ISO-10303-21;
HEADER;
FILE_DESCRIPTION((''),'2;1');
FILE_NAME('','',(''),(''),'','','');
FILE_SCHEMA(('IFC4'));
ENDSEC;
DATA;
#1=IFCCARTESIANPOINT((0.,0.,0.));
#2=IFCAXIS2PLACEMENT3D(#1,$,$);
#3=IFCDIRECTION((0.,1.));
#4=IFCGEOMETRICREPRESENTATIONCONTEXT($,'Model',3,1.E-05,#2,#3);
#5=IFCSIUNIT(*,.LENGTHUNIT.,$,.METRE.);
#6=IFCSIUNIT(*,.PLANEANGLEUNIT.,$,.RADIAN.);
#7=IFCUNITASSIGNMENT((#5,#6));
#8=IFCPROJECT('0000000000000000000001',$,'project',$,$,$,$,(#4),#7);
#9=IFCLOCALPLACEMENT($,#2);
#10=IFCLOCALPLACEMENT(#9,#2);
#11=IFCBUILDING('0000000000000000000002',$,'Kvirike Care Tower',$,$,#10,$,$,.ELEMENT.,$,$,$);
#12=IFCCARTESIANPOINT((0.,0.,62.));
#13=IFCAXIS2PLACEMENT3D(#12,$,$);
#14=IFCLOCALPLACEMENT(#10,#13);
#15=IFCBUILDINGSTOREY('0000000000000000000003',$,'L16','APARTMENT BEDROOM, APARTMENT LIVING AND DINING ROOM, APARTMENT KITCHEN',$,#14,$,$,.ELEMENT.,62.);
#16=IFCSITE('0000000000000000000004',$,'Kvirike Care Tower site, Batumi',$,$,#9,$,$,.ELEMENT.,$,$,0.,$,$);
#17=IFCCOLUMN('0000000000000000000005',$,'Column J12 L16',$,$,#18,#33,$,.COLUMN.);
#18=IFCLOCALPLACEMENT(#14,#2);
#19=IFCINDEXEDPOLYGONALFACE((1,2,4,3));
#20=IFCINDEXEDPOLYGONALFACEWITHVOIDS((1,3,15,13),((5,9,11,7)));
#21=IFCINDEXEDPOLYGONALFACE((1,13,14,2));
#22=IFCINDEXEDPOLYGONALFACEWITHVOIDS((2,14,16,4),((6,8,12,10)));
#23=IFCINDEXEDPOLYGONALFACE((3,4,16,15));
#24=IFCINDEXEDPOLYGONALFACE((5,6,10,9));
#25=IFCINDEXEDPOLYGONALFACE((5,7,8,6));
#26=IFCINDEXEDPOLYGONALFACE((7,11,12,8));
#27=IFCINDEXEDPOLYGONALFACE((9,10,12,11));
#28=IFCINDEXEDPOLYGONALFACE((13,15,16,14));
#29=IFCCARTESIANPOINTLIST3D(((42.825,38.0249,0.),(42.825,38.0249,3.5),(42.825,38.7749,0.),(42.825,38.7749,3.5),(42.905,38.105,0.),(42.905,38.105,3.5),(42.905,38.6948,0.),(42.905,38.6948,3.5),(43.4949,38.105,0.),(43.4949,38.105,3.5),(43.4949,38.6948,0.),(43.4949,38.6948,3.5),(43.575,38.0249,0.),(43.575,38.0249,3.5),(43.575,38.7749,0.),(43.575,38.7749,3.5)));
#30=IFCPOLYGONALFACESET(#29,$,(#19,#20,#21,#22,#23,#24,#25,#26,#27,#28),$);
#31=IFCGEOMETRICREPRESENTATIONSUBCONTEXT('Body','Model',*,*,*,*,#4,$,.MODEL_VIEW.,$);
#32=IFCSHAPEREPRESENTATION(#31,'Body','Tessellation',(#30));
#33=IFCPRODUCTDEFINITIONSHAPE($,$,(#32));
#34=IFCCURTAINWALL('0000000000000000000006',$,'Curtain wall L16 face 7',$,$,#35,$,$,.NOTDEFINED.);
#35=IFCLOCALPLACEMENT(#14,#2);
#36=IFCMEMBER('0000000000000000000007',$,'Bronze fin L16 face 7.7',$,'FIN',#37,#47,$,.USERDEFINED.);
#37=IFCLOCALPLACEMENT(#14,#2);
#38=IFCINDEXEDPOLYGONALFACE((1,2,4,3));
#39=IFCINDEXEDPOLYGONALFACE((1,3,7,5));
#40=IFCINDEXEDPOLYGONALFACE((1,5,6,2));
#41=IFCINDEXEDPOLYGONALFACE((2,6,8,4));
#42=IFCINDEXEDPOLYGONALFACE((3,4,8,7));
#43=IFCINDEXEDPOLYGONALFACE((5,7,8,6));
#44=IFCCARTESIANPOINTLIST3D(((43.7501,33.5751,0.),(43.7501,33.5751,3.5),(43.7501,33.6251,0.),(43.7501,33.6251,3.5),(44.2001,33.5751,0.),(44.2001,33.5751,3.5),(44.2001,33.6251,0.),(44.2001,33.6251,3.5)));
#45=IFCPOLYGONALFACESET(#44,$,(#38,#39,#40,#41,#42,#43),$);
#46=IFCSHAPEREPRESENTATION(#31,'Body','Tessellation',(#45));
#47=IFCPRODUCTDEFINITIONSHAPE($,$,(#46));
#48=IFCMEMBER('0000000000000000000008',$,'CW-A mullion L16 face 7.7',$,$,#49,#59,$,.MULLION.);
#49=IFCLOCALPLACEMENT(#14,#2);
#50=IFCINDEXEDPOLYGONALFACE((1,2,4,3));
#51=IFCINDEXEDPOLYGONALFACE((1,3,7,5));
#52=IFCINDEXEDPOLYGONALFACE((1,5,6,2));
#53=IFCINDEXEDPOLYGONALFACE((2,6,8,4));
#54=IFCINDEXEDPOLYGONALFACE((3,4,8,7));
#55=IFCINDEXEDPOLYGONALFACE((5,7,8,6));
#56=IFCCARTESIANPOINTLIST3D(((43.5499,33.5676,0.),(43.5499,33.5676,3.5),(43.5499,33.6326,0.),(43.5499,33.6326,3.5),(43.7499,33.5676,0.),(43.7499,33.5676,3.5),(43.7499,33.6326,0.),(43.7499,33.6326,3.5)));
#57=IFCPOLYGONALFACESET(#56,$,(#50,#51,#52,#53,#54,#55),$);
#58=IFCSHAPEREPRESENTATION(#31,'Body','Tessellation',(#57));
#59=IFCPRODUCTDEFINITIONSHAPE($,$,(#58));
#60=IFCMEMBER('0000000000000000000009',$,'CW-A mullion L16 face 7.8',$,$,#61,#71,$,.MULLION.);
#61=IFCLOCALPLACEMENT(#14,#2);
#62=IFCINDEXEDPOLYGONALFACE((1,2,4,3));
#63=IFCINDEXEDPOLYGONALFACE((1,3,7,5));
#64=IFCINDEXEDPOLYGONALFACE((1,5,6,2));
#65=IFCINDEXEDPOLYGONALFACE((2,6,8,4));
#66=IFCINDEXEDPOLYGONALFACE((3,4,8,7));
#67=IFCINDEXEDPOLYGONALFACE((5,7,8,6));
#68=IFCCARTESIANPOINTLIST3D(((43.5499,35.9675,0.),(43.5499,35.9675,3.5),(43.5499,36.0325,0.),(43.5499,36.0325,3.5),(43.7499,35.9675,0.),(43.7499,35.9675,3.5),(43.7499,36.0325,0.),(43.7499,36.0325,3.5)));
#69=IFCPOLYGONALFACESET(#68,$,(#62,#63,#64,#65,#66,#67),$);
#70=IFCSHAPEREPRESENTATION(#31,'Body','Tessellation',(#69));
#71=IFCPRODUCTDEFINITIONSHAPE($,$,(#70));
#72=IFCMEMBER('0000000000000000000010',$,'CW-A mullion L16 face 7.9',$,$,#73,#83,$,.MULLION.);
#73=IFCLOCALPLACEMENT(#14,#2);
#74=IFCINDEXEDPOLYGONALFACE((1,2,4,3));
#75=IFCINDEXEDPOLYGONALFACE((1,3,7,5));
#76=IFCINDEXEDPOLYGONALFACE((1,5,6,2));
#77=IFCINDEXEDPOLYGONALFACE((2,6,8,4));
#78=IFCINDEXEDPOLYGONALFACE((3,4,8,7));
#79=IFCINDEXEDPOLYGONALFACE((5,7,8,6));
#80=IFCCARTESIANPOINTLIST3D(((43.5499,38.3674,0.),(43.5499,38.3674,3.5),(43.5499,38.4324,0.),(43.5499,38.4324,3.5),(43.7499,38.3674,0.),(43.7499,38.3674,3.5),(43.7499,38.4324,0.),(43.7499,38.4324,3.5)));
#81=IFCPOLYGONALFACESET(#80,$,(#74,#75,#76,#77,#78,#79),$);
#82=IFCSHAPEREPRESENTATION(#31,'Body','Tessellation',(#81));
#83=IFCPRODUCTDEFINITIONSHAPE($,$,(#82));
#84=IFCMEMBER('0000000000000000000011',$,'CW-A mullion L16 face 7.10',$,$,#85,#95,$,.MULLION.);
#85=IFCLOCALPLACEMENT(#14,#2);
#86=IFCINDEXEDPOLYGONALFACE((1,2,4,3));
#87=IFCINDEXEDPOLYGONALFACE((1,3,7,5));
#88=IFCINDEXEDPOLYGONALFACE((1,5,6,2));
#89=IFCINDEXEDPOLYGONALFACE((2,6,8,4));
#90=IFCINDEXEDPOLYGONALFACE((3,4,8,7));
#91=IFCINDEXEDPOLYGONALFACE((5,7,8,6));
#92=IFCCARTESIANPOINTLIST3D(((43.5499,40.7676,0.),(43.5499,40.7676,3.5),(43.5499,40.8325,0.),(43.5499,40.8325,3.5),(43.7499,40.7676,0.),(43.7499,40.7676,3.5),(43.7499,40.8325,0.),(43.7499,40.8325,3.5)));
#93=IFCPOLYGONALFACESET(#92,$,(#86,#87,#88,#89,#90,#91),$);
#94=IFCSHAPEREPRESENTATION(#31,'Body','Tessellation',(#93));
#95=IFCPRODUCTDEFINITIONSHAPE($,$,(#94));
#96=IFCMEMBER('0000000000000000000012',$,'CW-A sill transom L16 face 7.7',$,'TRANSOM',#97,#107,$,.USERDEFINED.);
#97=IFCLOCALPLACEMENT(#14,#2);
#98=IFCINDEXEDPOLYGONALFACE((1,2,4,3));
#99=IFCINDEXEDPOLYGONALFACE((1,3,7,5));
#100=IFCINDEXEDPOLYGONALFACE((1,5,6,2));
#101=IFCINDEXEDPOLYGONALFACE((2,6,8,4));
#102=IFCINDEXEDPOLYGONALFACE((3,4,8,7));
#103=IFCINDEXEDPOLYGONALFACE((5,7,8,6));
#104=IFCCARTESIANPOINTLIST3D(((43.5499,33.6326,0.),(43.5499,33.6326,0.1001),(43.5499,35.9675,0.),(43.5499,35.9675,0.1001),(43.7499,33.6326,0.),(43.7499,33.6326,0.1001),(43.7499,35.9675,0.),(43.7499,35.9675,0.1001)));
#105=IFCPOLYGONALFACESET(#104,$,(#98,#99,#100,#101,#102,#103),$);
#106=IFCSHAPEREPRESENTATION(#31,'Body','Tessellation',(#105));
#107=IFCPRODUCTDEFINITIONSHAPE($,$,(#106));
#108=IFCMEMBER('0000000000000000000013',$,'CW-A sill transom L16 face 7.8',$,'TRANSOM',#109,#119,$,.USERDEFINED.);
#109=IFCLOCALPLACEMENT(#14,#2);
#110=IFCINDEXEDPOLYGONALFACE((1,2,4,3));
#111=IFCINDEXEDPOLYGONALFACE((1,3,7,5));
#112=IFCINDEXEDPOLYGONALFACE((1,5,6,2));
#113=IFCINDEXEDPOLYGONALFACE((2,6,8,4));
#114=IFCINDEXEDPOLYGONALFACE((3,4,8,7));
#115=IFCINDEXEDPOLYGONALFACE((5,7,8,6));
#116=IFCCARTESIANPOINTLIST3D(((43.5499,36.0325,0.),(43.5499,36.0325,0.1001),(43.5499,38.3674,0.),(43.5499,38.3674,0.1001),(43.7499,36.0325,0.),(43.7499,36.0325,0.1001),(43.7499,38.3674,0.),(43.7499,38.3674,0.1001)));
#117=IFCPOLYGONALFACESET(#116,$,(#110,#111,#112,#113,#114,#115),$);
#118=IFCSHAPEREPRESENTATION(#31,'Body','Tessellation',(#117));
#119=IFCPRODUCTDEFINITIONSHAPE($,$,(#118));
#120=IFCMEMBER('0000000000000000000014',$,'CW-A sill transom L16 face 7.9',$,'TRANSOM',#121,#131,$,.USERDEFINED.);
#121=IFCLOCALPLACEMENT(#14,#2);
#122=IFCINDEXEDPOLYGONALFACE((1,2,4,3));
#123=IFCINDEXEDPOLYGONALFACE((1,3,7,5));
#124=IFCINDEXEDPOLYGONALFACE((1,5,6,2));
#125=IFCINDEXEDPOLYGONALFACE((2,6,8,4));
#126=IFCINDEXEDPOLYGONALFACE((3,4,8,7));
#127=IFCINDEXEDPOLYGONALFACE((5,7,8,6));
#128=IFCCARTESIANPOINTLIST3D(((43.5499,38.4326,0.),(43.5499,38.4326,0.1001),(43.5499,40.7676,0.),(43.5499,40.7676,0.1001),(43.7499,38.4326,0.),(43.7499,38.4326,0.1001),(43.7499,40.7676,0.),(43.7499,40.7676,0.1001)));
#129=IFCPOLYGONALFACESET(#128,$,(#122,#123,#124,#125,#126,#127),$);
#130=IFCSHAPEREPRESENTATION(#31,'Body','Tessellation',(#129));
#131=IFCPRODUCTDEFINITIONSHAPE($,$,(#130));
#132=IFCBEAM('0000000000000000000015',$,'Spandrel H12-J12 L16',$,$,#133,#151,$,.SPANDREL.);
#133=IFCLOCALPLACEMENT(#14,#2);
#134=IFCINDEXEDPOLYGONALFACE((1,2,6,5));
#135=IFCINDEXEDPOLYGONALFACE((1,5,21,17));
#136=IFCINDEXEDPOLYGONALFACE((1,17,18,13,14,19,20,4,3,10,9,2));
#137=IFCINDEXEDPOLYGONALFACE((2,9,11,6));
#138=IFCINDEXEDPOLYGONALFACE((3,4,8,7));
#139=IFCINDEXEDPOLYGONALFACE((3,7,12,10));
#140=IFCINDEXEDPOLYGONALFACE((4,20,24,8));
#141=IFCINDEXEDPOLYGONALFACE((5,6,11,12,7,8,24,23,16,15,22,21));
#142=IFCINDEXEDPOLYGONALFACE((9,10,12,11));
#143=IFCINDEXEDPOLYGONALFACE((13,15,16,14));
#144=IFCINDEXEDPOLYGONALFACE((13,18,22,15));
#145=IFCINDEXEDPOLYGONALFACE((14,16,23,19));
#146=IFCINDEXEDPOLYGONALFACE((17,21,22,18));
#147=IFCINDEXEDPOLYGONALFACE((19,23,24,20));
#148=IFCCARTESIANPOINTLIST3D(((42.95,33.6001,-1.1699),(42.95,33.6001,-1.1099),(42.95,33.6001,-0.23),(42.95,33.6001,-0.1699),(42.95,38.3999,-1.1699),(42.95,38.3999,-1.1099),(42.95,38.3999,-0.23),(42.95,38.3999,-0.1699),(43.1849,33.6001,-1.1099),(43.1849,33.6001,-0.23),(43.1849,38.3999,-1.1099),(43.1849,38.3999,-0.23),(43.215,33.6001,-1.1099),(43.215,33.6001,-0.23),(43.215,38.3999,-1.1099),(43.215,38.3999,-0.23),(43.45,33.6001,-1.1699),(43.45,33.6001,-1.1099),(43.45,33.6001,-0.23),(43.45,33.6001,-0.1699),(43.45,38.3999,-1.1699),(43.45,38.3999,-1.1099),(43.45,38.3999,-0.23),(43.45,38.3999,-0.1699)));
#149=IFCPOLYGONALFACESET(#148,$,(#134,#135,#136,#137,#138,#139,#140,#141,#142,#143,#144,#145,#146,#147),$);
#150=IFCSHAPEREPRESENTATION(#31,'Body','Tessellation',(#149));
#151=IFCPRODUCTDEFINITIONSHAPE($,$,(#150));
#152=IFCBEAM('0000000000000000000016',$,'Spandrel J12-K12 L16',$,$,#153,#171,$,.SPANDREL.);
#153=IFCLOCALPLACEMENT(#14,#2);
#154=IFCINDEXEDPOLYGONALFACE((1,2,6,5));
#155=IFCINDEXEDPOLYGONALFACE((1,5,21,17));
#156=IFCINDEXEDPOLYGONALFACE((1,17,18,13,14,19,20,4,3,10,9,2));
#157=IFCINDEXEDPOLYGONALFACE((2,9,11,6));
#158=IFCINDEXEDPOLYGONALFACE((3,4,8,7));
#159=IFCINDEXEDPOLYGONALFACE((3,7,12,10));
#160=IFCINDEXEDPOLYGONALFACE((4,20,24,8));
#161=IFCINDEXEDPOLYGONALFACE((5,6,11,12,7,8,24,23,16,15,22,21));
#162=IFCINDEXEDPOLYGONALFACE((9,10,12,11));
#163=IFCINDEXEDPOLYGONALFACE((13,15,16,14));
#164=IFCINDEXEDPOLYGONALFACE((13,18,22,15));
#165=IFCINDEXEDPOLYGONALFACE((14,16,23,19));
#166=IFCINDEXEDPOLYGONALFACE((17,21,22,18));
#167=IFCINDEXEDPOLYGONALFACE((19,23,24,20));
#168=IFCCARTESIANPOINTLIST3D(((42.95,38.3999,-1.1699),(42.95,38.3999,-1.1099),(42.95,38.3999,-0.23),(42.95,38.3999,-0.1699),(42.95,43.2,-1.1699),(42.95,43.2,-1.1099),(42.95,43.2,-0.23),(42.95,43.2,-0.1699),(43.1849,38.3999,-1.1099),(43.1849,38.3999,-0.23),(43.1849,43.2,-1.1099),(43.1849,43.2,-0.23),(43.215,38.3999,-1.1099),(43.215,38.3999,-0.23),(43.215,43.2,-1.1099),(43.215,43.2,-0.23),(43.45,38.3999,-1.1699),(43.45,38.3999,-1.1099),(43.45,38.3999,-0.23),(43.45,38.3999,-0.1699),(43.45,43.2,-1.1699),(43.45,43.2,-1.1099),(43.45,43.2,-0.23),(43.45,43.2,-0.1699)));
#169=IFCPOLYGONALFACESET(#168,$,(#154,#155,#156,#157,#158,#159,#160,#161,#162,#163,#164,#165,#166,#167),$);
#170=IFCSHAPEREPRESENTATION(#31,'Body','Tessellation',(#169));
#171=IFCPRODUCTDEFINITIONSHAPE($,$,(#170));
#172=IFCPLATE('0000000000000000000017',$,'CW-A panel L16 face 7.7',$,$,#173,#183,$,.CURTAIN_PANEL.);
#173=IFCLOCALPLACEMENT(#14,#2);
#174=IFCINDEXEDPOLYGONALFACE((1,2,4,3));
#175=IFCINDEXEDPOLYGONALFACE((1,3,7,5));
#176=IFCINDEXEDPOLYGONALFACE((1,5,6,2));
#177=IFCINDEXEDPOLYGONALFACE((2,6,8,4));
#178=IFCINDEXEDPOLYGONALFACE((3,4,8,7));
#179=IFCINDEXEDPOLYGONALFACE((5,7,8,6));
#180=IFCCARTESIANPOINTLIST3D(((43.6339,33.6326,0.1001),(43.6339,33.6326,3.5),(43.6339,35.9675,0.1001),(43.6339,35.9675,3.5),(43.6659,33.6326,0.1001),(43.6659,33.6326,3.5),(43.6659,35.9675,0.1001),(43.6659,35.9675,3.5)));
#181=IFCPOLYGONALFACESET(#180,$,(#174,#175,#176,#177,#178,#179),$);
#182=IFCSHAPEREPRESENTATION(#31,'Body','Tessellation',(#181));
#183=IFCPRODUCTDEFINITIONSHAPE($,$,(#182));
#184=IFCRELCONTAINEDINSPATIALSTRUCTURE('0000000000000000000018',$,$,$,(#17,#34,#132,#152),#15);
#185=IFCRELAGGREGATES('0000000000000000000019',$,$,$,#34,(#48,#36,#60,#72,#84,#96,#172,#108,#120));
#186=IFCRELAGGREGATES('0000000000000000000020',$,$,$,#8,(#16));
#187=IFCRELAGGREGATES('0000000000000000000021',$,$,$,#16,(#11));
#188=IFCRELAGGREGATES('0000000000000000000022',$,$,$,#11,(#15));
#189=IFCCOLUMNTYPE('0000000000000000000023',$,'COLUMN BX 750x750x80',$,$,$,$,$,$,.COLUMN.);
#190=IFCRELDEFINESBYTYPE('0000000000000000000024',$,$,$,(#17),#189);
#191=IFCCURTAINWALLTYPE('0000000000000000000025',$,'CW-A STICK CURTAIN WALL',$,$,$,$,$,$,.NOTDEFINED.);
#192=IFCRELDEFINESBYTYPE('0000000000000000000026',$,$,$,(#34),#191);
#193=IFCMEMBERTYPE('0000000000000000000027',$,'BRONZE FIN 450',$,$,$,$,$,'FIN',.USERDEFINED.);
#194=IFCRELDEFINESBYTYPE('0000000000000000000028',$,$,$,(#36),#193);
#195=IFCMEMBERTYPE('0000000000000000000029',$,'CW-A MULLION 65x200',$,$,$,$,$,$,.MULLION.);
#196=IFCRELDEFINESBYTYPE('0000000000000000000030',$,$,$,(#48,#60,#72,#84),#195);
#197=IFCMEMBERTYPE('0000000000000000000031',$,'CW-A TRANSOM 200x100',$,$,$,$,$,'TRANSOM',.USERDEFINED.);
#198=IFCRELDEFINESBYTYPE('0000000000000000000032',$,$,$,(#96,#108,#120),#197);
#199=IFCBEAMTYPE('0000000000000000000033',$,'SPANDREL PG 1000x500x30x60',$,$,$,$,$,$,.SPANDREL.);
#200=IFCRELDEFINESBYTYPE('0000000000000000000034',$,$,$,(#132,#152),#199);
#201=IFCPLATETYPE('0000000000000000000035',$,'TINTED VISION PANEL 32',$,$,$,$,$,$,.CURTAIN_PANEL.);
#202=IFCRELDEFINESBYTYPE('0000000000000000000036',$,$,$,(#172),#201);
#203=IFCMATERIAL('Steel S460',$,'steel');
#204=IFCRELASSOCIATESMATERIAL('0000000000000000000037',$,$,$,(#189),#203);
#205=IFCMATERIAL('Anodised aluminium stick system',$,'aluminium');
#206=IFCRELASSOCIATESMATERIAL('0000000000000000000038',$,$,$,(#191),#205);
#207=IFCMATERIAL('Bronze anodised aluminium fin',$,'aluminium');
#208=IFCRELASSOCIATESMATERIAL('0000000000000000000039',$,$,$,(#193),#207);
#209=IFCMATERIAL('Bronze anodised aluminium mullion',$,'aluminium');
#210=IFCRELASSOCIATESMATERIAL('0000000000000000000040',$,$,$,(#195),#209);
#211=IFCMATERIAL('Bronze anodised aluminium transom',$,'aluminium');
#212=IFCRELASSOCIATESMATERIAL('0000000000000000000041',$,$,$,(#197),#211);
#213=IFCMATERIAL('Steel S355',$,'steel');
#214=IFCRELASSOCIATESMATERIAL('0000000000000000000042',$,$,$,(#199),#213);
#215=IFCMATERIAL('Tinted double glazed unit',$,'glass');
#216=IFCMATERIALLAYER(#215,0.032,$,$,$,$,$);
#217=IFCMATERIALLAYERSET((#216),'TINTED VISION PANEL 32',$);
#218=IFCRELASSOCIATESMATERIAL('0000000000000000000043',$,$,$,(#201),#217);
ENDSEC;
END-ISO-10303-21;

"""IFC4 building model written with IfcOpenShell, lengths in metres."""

from ifc_helpers import new_model, si_unit, direction, frame, origin, origin_2d, place, context, subcontext, project, spatial, rectangle, hollow_rectangle, i_section, extrude, material, layer, layer_set, material_profile, profile_set, type_object, element, aggregate, save


model = new_model("IFC4")

# Units and contexts
model_context = context("Model", 3, precision=1e-05, world=origin(), true_north=direction((0.0, 1.0)))
body_context = subcontext(model_context, "Body", "Model", "MODEL_VIEW")
ifc_project = project(units=[si_unit("LENGTHUNIT", "METRE"), si_unit("PLANEANGLEUNIT", "RADIAN")], contexts=[model_context])

# Site, building, storey
site_placement = place(None, origin())
site = spatial("IfcSite", under=ifc_project, at=site_placement, Name="Kvirike Care Tower site, Batumi", CompositionType="ELEMENT", RefElevation=0.0)
building_placement = place(site_placement, origin())
building = spatial("IfcBuilding", under=site, at=building_placement, Name="Kvirike Care Tower", CompositionType="ELEMENT")
storey_placement = place(building_placement, frame((0.0, 0.0, 62.0)))
storey = spatial("IfcBuildingStorey", under=building, at=storey_placement, Name="L16", Description="APARTMENT BEDROOM, APARTMENT LIVING AND DINING ROOM, APARTMENT KITCHEN", CompositionType="ELEMENT", Elevation=62.0)

# Column
ifc_material_1 = material(Name="Steel S460", Category="steel")
ifc_material_profile_1 = material_profile(ifc_material_1, hollow_rectangle(XDim=0.75, YDim=0.75, WallThickness=0.0801, at=origin_2d()), Name="BX 750x750x80")
ifc_profile_set_1 = profile_set([ifc_material_profile_1], Name="Steel S460")
column_type = type_object("IfcColumnType", Name="COLUMN BX 750x750x80", PredefinedType="COLUMN", material=ifc_profile_set_1)
column_placement = place(storey_placement, frame((43.2, 38.3999, 0.0), z_axis=(0.0, 0.0, 1.0), x_axis=(1.0, 0.0, 0.0)))
element("IfcColumn", 1, at=column_placement, inside=storey, type_object=column_type, Name="Column J12 L16", PredefinedType="COLUMN", context=body_context, shape_type="SweptSolid", body=[
    extrude(hollow_rectangle(XDim=0.75, YDim=0.75, WallThickness=0.0801, at=origin_2d()), origin(), (0.0, 0.0, 1.0), 3.5),
])

# Curtain wall, members
ifc_material_2 = material(Name="Anodised aluminium stick system", Category="aluminium")
curtain_wall_type = type_object("IfcCurtainWallType", Name="CW-A STICK CURTAIN WALL", PredefinedType="NOTDEFINED", material=ifc_material_2)
curtain_wall_placement = place(storey_placement, origin())
curtain_wall = element("IfcCurtainWall", 2, at=curtain_wall_placement, inside=storey, type_object=curtain_wall_type, Name="Curtain wall L16 face 7", PredefinedType="NOTDEFINED")
ifc_material_3 = material(Name="Bronze anodised aluminium fin", Category="aluminium")
ifc_material_profile_2 = material_profile(ifc_material_3, rectangle(XDim=0.05, YDim=0.45, at=origin_2d()), Name="BRONZE FIN 450")
ifc_profile_set_2 = profile_set([ifc_material_profile_2], Name="Bronze anodised aluminium fin")
member_type_1 = type_object("IfcMemberType", Name="BRONZE FIN 450", ElementType="FIN", PredefinedType="USERDEFINED", material=ifc_profile_set_2)
member_1_placement = place(storey_placement, frame((43.9751, 33.6001, 0.0), z_axis=(0.0, 0.0, 1.0), x_axis=(0.0, 1.0, 0.0)))
member_1 = element("IfcMember", 3, at=member_1_placement, type_object=member_type_1, Name="Bronze fin L16 face 7.7", ObjectType="FIN", PredefinedType="USERDEFINED", context=body_context, shape_type="SweptSolid", body=[
    extrude(rectangle(XDim=0.05, YDim=0.45, at=origin_2d()), origin(), (0.0, 0.0, 1.0), 3.5),
])
ifc_material_4 = material(Name="Bronze anodised aluminium mullion", Category="aluminium")
ifc_material_profile_3 = material_profile(ifc_material_4, rectangle(XDim=0.0649, YDim=0.2, at=origin_2d()), Name="CW-A MULLION 65x200")
ifc_profile_set_3 = profile_set([ifc_material_profile_3], Name="Bronze anodised aluminium mullion")
member_type_2 = type_object("IfcMemberType", Name="CW-A MULLION 65x200", PredefinedType="MULLION", material=ifc_profile_set_3)
member_2_placement = place(storey_placement, frame((43.6499, 33.6001, 0.0), z_axis=(0.0, 0.0, 1.0), x_axis=(0.0, 1.0, 0.0)))
member_2 = element("IfcMember", 4, at=member_2_placement, type_object=member_type_2, Name="CW-A mullion L16 face 7.7", PredefinedType="MULLION", context=body_context, shape_type="SweptSolid", body=[
    extrude(rectangle(XDim=0.0649, YDim=0.2, at=origin_2d()), origin(), (0.0, 0.0, 1.0), 3.5),
])
member_3_placement = place(storey_placement, frame((43.6499, 36.0, 0.0), z_axis=(0.0, 0.0, 1.0), x_axis=(0.0, 1.0, 0.0)))
member_3 = element("IfcMember", 5, at=member_3_placement, type_object=member_type_2, Name="CW-A mullion L16 face 7.8", PredefinedType="MULLION", context=body_context, shape_type="SweptSolid", body=[
    extrude(rectangle(XDim=0.0649, YDim=0.2, at=origin_2d()), origin(), (0.0, 0.0, 1.0), 3.5),
])
member_4_placement = place(storey_placement, frame((43.6499, 38.3999, 0.0), z_axis=(0.0, 0.0, 1.0), x_axis=(0.0, 1.0, 0.0)))
member_4 = element("IfcMember", 6, at=member_4_placement, type_object=member_type_2, Name="CW-A mullion L16 face 7.9", PredefinedType="MULLION", context=body_context, shape_type="SweptSolid", body=[
    extrude(rectangle(XDim=0.0649, YDim=0.2, at=origin_2d()), origin(), (0.0, 0.0, 1.0), 3.5),
])
member_5_placement = place(storey_placement, frame((43.6499, 40.8, 0.0), z_axis=(0.0, 0.0, 1.0), x_axis=(0.0, 1.0, 0.0)))
member_5 = element("IfcMember", 7, at=member_5_placement, type_object=member_type_2, Name="CW-A mullion L16 face 7.10", PredefinedType="MULLION", context=body_context, shape_type="SweptSolid", body=[
    extrude(rectangle(XDim=0.0649, YDim=0.2, at=origin_2d()), origin(), (0.0, 0.0, 1.0), 3.5),
])
ifc_material_5 = material(Name="Bronze anodised aluminium transom", Category="aluminium")
ifc_material_profile_4 = material_profile(ifc_material_5, rectangle(XDim=0.2, YDim=0.1001, at=origin_2d()), Name="CW-A TRANSOM 200x100")
ifc_profile_set_4 = profile_set([ifc_material_profile_4], Name="Bronze anodised aluminium transom")
member_type_3 = type_object("IfcMemberType", Name="CW-A TRANSOM 200x100", ElementType="TRANSOM", PredefinedType="USERDEFINED", material=ifc_profile_set_4)
member_6_placement = place(storey_placement, frame((43.6499, 33.6326, 0.05), z_axis=(0.0, 1.0, 0.0), x_axis=(-1.0, 0.0, 0.0)))
member_6 = element("IfcMember", 8, at=member_6_placement, type_object=member_type_3, Name="CW-A sill transom L16 face 7.7", ObjectType="TRANSOM", PredefinedType="USERDEFINED", context=body_context, shape_type="SweptSolid", body=[
    extrude(rectangle(XDim=0.2, YDim=0.1001, at=origin_2d()), origin(), (0.0, 0.0, 1.0), 2.335),
])
member_7_placement = place(storey_placement, frame((43.6499, 36.0325, 0.05), z_axis=(0.0, 1.0, 0.0), x_axis=(-1.0, 0.0, 0.0)))
member_7 = element("IfcMember", 9, at=member_7_placement, type_object=member_type_3, Name="CW-A sill transom L16 face 7.8", ObjectType="TRANSOM", PredefinedType="USERDEFINED", context=body_context, shape_type="SweptSolid", body=[
    extrude(rectangle(XDim=0.2, YDim=0.1001, at=origin_2d()), origin(), (0.0, 0.0, 1.0), 2.335),
])
member_8_placement = place(storey_placement, frame((43.6499, 38.4326, 0.05), z_axis=(0.0, 1.0, 0.0), x_axis=(-1.0, 0.0, 0.0)))
member_8 = element("IfcMember", 10, at=member_8_placement, type_object=member_type_3, Name="CW-A sill transom L16 face 7.9", ObjectType="TRANSOM", PredefinedType="USERDEFINED", context=body_context, shape_type="SweptSolid", body=[
    extrude(rectangle(XDim=0.2, YDim=0.1001, at=origin_2d()), origin(), (0.0, 0.0, 1.0), 2.335),
])

# Beams
ifc_material_6 = material(Name="Steel S355", Category="steel")
ifc_material_profile_5 = material_profile(ifc_material_6, i_section(OverallWidth=0.5, OverallDepth=1.0, WebThickness=0.03, FlangeThickness=0.0601, at=origin_2d()), Name="PG 1000x500x30x60")
ifc_profile_set_5 = profile_set([ifc_material_profile_5], Name="Steel S355")
beam_type = type_object("IfcBeamType", Name="SPANDREL PG 1000x500x30x60", PredefinedType="SPANDREL", material=ifc_profile_set_5)
beam_1_placement = place(storey_placement, frame((43.2, 33.6001, -0.6699), z_axis=(0.0, 1.0, 0.0), x_axis=(-1.0, 0.0, 0.0)))
element("IfcBeam", 11, at=beam_1_placement, inside=storey, type_object=beam_type, Name="Spandrel H12-J12 L16", PredefinedType="SPANDREL", context=body_context, shape_type="SweptSolid", body=[
    extrude(i_section(OverallWidth=0.5, OverallDepth=1.0, WebThickness=0.03, FlangeThickness=0.0601, at=origin_2d()), origin(), (0.0, 0.0, 1.0), 4.7998),
])
beam_2_placement = place(storey_placement, frame((43.2, 38.3999, -0.6699), z_axis=(0.0, 1.0, 0.0), x_axis=(-1.0, 0.0, 0.0)))
element("IfcBeam", 12, at=beam_2_placement, inside=storey, type_object=beam_type, Name="Spandrel J12-K12 L16", PredefinedType="SPANDREL", context=body_context, shape_type="SweptSolid", body=[
    extrude(i_section(OverallWidth=0.5, OverallDepth=1.0, WebThickness=0.03, FlangeThickness=0.0601, at=origin_2d()), origin(), (0.0, 0.0, 1.0), 4.8),
])

# Plate
ifc_material_7 = material(Name="Tinted double glazed unit", Category="glass")
ifc_layer_1 = layer(ifc_material_7, 0.032)
ifc_layer_set_1 = layer_set([ifc_layer_1], Name="TINTED VISION PANEL 32")
plate_type = type_object("IfcPlateType", Name="TINTED VISION PANEL 32", PredefinedType="CURTAIN_PANEL", material=ifc_layer_set_1)
plate_1_placement = place(storey_placement, frame((43.6499, 34.8, 0.1001), z_axis=(0.0, 0.0, 1.0), x_axis=(0.0, 1.0, 0.0)))
plate_1 = element("IfcPlate", 13, at=plate_1_placement, type_object=plate_type, Name="CW-A panel L16 face 7.7", PredefinedType="CURTAIN_PANEL", context=body_context, shape_type="SweptSolid", body=[
    extrude(rectangle(XDim=2.335, YDim=0.032, at=origin_2d()), origin(), (0.0, 0.0, 1.0), 3.3999),
])
aggregate(curtain_wall, [member_2, member_1, member_3, member_4, member_5, member_6, plate_1, member_7, member_8])

save(model, "model.ifc")
